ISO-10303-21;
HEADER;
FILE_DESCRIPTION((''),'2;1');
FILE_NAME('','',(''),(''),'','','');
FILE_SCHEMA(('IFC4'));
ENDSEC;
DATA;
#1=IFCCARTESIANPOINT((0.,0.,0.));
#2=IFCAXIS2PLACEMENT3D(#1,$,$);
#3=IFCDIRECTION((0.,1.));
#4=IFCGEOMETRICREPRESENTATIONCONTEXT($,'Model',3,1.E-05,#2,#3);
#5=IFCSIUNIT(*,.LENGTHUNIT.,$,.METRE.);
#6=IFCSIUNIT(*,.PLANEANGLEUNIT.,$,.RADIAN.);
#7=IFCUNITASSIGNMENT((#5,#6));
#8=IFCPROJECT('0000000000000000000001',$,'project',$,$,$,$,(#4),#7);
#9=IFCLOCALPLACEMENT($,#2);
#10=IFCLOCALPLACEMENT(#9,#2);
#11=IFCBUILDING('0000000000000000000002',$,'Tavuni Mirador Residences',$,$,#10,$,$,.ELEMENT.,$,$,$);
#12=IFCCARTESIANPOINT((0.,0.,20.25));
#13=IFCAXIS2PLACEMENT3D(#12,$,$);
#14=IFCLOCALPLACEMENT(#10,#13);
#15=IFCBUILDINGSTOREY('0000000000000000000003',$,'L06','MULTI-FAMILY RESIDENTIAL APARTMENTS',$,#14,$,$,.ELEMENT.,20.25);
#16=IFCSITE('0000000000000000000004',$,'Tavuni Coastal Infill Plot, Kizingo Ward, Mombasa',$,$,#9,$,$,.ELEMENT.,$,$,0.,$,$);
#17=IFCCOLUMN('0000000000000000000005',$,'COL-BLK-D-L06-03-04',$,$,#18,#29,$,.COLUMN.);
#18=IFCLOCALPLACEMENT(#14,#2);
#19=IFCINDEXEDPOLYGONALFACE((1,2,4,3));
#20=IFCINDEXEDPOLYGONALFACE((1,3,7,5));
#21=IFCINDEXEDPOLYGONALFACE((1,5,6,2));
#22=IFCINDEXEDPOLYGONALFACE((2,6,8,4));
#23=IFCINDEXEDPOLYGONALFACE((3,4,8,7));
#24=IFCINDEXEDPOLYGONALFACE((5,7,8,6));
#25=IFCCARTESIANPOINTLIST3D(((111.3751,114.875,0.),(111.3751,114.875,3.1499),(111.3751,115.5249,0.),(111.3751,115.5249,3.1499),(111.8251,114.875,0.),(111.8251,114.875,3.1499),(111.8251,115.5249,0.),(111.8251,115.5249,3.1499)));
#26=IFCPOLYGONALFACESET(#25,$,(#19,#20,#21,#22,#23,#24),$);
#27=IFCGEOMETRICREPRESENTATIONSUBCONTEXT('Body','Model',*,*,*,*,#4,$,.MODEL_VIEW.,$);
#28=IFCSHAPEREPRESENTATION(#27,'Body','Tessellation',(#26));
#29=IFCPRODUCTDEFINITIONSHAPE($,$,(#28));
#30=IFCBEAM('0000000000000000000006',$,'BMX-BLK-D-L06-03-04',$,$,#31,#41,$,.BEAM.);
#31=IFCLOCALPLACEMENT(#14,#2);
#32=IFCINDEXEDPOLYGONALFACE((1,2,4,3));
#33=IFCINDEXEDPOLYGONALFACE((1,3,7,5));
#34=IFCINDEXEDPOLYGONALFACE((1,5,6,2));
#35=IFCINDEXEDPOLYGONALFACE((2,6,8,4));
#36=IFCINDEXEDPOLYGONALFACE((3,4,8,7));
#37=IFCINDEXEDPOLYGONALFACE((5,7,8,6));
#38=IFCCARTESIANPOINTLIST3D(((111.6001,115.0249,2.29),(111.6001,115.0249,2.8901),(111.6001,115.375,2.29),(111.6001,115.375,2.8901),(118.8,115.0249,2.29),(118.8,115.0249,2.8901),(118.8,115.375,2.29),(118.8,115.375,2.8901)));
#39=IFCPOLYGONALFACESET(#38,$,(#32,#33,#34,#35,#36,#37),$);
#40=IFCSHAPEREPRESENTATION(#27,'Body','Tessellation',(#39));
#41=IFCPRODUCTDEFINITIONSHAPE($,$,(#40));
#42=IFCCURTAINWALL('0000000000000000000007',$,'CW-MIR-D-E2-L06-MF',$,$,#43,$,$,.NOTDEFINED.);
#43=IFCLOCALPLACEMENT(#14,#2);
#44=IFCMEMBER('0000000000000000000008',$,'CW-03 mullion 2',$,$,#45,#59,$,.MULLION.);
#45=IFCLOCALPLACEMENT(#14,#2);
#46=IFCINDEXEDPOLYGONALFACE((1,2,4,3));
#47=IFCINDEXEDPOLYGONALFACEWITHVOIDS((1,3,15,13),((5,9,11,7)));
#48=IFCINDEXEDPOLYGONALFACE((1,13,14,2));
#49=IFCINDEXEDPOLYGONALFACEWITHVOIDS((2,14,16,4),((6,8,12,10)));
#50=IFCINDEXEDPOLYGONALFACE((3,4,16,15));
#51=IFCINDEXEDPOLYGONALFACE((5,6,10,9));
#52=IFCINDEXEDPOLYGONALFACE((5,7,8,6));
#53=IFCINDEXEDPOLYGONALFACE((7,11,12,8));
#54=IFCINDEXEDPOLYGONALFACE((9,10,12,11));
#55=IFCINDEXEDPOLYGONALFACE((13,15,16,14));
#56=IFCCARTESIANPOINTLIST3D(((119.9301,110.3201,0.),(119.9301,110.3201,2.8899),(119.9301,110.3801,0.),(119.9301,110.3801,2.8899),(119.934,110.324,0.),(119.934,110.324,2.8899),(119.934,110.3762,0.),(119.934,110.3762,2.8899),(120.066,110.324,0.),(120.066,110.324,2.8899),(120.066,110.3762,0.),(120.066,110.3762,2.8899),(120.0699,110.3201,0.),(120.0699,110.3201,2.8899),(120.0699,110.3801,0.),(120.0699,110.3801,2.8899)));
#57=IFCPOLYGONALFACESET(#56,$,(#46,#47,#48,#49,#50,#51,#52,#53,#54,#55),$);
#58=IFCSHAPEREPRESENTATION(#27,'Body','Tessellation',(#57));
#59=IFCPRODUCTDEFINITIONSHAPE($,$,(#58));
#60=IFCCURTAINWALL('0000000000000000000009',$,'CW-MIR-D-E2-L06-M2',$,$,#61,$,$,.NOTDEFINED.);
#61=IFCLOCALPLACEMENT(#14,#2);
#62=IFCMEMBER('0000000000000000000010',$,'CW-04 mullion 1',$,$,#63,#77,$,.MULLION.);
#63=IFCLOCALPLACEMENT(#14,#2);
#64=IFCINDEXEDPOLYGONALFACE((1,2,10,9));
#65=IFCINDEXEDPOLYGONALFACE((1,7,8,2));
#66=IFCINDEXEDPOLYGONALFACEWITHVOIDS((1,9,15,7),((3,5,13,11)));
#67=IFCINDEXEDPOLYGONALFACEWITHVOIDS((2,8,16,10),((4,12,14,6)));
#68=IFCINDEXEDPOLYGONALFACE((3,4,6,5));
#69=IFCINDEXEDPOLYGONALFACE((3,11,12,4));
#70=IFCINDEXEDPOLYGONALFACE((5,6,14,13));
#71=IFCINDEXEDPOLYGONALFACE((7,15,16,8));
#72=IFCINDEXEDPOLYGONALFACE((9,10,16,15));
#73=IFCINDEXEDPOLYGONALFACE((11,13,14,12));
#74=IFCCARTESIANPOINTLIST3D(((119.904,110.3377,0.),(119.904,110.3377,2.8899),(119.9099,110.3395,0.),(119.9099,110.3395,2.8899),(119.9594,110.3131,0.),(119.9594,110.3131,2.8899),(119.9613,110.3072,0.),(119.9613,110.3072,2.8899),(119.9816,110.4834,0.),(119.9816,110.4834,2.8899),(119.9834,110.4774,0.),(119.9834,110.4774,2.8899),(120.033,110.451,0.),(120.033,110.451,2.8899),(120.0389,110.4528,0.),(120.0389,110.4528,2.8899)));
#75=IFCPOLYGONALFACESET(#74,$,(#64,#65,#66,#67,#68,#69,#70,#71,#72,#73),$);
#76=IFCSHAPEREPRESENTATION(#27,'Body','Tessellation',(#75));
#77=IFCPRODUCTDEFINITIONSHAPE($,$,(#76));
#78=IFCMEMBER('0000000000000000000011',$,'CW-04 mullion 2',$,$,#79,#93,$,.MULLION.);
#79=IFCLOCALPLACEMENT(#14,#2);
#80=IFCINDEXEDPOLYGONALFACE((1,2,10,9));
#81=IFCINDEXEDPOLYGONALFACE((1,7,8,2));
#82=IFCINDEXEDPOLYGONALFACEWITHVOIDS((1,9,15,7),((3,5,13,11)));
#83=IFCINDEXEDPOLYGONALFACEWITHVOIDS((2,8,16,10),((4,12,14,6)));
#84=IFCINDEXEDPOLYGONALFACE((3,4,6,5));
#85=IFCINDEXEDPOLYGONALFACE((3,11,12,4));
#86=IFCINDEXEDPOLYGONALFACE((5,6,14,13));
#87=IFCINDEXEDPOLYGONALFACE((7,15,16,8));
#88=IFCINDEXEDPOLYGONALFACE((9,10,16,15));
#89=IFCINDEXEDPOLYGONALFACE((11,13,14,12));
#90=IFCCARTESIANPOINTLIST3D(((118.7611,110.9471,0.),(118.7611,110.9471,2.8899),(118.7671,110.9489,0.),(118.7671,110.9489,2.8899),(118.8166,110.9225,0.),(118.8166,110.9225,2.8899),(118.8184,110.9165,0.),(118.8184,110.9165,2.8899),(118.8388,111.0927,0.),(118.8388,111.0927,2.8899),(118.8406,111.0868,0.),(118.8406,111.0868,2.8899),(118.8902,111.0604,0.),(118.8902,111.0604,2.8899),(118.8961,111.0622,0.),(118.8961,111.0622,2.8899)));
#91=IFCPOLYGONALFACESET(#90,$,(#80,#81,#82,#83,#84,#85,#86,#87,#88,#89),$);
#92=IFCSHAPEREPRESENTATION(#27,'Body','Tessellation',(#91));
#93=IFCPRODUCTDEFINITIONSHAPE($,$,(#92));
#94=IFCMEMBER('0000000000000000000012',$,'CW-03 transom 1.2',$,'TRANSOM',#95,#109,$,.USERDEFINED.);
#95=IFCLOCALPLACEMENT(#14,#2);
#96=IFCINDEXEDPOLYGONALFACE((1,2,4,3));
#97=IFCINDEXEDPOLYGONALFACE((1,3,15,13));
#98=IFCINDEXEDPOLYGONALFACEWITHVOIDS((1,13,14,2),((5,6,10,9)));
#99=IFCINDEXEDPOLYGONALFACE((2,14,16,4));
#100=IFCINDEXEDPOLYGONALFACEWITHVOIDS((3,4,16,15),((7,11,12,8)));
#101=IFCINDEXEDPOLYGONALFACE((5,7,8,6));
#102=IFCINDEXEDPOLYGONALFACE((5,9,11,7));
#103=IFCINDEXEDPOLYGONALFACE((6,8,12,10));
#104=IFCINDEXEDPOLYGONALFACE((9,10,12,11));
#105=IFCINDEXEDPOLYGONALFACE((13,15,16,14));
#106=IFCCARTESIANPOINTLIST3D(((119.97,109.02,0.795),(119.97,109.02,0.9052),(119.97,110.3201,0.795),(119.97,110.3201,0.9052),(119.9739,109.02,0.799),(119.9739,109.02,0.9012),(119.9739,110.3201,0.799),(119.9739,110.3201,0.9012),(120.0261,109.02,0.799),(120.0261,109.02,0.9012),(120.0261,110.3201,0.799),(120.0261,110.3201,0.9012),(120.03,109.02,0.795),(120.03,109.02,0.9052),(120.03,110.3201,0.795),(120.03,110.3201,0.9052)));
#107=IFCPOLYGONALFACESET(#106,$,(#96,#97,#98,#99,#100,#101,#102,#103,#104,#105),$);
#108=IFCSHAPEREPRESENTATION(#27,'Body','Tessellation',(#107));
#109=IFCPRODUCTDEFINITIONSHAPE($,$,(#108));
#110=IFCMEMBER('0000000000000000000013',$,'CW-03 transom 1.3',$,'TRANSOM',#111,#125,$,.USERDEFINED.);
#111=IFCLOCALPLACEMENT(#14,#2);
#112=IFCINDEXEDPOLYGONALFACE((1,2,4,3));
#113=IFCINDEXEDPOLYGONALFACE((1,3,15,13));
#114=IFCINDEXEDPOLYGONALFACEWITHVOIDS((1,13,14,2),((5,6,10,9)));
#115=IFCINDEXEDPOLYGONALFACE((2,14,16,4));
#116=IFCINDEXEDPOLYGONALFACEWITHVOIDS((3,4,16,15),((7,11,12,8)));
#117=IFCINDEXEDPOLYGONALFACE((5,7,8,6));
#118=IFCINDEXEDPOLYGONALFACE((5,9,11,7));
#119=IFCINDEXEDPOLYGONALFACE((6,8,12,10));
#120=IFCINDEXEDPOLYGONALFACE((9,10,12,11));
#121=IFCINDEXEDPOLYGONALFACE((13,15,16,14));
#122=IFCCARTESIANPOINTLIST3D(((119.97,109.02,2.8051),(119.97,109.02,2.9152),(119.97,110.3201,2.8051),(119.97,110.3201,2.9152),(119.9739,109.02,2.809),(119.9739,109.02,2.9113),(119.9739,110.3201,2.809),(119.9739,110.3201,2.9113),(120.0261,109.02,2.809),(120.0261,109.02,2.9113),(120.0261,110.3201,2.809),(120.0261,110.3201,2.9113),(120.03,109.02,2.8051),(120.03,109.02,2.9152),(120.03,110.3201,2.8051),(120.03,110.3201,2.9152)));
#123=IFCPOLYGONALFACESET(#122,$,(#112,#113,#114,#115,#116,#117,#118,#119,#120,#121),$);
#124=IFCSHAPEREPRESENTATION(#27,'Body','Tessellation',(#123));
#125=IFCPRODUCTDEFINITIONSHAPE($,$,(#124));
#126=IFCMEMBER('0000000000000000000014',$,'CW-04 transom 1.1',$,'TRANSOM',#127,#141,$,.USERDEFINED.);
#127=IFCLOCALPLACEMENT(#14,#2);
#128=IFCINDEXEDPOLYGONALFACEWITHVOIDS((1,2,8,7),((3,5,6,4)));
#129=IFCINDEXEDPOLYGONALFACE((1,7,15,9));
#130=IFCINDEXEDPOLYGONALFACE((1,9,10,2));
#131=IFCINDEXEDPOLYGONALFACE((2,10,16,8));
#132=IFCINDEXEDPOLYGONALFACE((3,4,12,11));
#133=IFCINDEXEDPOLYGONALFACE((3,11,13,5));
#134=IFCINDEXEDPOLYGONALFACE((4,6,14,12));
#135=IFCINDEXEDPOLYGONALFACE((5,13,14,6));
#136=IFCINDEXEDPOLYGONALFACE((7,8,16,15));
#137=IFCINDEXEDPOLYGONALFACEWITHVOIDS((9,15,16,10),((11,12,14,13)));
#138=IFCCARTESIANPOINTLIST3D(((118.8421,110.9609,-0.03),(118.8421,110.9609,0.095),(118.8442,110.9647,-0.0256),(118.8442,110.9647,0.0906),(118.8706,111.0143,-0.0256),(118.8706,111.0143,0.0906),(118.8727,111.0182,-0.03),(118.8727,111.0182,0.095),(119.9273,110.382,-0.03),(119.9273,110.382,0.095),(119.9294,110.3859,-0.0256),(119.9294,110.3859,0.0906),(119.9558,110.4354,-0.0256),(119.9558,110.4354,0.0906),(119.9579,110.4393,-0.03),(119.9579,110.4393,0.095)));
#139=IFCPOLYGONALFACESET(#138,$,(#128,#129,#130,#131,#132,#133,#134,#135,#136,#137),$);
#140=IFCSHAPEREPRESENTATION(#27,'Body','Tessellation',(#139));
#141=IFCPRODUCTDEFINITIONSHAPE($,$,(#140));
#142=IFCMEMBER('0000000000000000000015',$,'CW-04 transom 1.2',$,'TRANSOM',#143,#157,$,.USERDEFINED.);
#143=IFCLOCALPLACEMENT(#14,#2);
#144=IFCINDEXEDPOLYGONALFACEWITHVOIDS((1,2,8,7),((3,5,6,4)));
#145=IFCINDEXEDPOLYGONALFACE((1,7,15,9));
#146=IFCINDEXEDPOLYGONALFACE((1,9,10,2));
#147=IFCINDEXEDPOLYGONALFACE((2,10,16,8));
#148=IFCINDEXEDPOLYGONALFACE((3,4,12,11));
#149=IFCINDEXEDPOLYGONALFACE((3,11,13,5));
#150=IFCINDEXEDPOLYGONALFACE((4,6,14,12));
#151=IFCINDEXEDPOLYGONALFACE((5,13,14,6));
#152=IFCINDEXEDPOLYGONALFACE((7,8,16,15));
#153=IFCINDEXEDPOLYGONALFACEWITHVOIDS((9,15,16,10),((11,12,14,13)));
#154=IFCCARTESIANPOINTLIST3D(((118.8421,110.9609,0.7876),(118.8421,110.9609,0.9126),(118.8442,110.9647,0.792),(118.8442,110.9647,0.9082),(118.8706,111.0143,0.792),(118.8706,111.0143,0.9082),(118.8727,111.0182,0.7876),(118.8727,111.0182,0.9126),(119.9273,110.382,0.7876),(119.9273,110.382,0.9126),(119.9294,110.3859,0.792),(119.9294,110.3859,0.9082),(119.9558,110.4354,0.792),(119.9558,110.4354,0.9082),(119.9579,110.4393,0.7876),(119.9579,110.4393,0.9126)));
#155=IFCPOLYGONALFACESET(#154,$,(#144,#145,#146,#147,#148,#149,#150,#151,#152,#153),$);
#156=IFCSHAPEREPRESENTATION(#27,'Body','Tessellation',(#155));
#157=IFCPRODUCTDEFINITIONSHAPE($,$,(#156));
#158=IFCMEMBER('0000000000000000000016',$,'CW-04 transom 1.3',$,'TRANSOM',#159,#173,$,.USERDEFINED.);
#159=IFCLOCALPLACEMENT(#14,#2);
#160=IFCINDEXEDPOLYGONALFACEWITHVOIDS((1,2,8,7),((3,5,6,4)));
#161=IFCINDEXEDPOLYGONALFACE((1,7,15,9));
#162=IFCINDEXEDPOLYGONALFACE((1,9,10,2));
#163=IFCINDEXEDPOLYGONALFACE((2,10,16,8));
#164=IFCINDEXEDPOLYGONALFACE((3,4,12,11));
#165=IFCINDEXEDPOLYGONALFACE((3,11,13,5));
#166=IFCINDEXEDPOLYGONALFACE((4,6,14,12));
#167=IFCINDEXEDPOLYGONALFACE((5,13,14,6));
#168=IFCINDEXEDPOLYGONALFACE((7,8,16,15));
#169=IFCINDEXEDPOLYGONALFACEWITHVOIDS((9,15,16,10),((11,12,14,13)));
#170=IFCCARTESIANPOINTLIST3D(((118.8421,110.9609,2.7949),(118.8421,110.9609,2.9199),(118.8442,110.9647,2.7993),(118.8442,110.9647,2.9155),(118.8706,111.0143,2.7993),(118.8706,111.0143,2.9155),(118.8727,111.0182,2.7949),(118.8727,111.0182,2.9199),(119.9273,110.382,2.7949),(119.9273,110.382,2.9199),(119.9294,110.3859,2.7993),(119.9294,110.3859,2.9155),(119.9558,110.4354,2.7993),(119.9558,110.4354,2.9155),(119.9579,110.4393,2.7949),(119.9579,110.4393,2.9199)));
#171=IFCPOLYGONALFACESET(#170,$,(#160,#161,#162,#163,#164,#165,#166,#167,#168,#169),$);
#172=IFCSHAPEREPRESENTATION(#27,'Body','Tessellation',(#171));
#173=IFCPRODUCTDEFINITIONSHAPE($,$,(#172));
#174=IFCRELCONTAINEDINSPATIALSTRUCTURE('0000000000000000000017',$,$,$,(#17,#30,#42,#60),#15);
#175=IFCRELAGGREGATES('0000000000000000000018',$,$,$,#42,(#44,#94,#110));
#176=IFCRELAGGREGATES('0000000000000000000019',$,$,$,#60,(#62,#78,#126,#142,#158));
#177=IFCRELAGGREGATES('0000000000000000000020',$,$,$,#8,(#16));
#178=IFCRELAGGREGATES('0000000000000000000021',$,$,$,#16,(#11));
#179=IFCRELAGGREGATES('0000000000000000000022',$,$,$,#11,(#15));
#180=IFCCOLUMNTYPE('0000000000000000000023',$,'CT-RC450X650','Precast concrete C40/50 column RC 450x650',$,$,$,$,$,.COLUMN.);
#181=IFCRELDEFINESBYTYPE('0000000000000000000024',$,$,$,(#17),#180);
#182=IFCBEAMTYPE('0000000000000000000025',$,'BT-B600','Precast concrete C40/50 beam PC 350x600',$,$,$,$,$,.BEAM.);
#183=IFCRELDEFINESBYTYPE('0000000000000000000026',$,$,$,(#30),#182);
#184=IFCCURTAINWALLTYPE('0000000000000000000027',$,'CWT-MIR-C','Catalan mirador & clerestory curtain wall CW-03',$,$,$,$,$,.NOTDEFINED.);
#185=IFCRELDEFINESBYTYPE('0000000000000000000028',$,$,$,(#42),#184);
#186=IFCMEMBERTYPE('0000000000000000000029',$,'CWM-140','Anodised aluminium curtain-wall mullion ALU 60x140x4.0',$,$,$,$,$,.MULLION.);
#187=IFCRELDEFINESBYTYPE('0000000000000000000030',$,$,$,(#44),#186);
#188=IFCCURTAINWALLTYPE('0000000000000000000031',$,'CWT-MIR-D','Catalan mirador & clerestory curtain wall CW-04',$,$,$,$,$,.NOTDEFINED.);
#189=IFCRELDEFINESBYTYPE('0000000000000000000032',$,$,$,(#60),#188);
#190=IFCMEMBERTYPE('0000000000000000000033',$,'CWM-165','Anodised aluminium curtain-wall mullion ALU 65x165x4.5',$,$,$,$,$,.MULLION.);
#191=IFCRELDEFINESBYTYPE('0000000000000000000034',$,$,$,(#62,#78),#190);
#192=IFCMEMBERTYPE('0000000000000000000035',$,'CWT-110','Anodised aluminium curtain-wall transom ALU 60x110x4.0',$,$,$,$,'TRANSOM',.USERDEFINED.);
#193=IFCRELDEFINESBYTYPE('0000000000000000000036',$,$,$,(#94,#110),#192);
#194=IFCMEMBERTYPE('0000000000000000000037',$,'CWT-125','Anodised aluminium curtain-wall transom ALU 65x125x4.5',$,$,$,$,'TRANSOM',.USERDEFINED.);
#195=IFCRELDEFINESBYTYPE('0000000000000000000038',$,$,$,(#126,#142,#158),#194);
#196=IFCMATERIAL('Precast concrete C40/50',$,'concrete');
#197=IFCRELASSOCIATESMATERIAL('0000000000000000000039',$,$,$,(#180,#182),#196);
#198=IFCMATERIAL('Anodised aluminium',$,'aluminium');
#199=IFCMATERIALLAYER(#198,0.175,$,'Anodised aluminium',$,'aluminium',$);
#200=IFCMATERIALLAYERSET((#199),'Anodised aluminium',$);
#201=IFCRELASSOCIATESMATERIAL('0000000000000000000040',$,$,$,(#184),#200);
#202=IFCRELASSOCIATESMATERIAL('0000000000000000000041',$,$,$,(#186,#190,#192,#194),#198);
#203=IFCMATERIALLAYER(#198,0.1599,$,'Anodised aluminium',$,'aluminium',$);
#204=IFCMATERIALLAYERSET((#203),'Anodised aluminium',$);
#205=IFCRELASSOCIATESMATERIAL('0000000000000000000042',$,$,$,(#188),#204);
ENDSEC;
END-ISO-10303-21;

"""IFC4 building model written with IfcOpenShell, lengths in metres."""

from ifc_helpers import new_model, si_unit, direction, frame, origin, origin_2d, place, context, subcontext, project, spatial, rectangle, hollow_rectangle, extrude, material, layer, layer_set, material_profile, profile_set, type_object, element, aggregate, save


model = new_model("IFC4")

# Units and contexts
model_context = context("Model", 3, precision=1e-05, world=origin(), true_north=direction((0.0, 1.0)))
body_context = subcontext(model_context, "Body", "Model", "MODEL_VIEW")
ifc_project = project(units=[si_unit("LENGTHUNIT", "METRE"), si_unit("PLANEANGLEUNIT", "RADIAN")], contexts=[model_context])

# Site, building, storey
site_placement = place(None, origin())
site = spatial("IfcSite", under=ifc_project, at=site_placement, Name="Tavuni Coastal Infill Plot, Kizingo Ward, Mombasa", CompositionType="ELEMENT", RefElevation=0.0)
building_placement = place(site_placement, origin())
building = spatial("IfcBuilding", under=site, at=building_placement, Name="Tavuni Mirador Residences", CompositionType="ELEMENT")
storey_placement = place(building_placement, frame((0.0, 0.0, 20.25)))
storey = spatial("IfcBuildingStorey", under=building, at=storey_placement, Name="L06", Description="MULTI-FAMILY RESIDENTIAL APARTMENTS", CompositionType="ELEMENT", Elevation=20.25)

# Column
ifc_material_1 = material(Name="Precast concrete C40/50", Category="concrete")
ifc_material_profile_1 = material_profile(ifc_material_1, rectangle(XDim=0.45, YDim=0.6499, at=origin_2d()), Name="RC 450x650", Category="concrete")
ifc_profile_set_1 = profile_set([ifc_material_profile_1], Name="Precast concrete C40/50")
column_type = type_object("IfcColumnType", Name="CT-RC450X650", Description="Precast concrete C40/50 column RC 450x650", PredefinedType="COLUMN", material=ifc_profile_set_1)
column_placement = place(storey_placement, frame((111.6001, 115.2, 0.0), z_axis=(0.0, 0.0, 1.0), x_axis=(1.0, 0.0, 0.0)))
element("IfcColumn", 1, at=column_placement, inside=storey, type_object=column_type, Name="COL-BLK-D-L06-03-04", PredefinedType="COLUMN", context=body_context, shape_type="SweptSolid", body=[
    extrude(rectangle(XDim=0.45, YDim=0.6499, at=origin_2d()), origin(), (0.0, 0.0, 1.0), 3.1499),
])

# Beam
ifc_material_profile_2 = material_profile(ifc_material_1, rectangle(XDim=0.3501, YDim=0.6001, at=origin_2d()), Name="PC 350x600", Category="concrete")
ifc_profile_set_2 = profile_set([ifc_material_profile_2], Name="Precast concrete C40/50")
beam_type = type_object("IfcBeamType", Name="BT-B600", Description="Precast concrete C40/50 beam PC 350x600", PredefinedType="BEAM", material=ifc_profile_set_2)
beam_placement = place(storey_placement, frame((111.6001, 115.2, 2.5901), z_axis=(1.0, 0.0, 0.0), x_axis=(0.0, 1.0, 0.0)))
element("IfcBeam", 2, at=beam_placement, inside=storey, type_object=beam_type, Name="BMX-BLK-D-L06-03-04", PredefinedType="BEAM", context=body_context, shape_type="SweptSolid", body=[
    extrude(rectangle(XDim=0.3501, YDim=0.6001, at=origin_2d()), origin(), (0.0, 0.0, 1.0), 7.2),
])

# Curtain wall, member
ifc_material_2 = material(Name="Anodised aluminium", Category="aluminium")
ifc_layer_1 = layer(ifc_material_2, 0.175, Name="Anodised aluminium", Category="aluminium")
ifc_layer_set_1 = layer_set([ifc_layer_1], Name="Anodised aluminium")
curtain_wall_type_1 = type_object("IfcCurtainWallType", Name="CWT-MIR-C", Description="Catalan mirador & clerestory curtain wall CW-03", PredefinedType="NOTDEFINED", material=ifc_layer_set_1)
curtain_wall_1_placement = place(storey_placement, origin())
curtain_wall_1 = element("IfcCurtainWall", 3, at=curtain_wall_1_placement, inside=storey, type_object=curtain_wall_type_1, Name="CW-MIR-D-E2-L06-MF", PredefinedType="NOTDEFINED")
ifc_material_profile_3 = material_profile(ifc_material_2, hollow_rectangle(XDim=0.0601, YDim=0.1399, WallThickness=0.0039, at=origin_2d()), Name="ALU 60x140x4.0", Category="aluminium")
ifc_profile_set_3 = profile_set([ifc_material_profile_3], Name="Anodised aluminium")
member_type_1 = type_object("IfcMemberType", Name="CWM-140", Description="Anodised aluminium curtain-wall mullion ALU 60x140x4.0", PredefinedType="MULLION", material=ifc_profile_set_3)
member_1_placement = place(storey_placement, frame((120.0, 110.3501, 0.0), z_axis=(0.0, 0.0, 1.0), x_axis=(0.0, 1.0, 0.0)))
member_1 = element("IfcMember", 4, at=member_1_placement, type_object=member_type_1, Name="CW-03 mullion 2", PredefinedType="MULLION", context=body_context, shape_type="SweptSolid", body=[
    extrude(hollow_rectangle(XDim=0.0601, YDim=0.1399, WallThickness=0.0039, at=origin_2d()), origin(), (0.0, 0.0, 1.0), 2.8899),
])

# Curtain wall, members
ifc_layer_2 = layer(ifc_material_2, 0.1599, Name="Anodised aluminium", Category="aluminium")
ifc_layer_set_2 = layer_set([ifc_layer_2], Name="Anodised aluminium")
curtain_wall_type_2 = type_object("IfcCurtainWallType", Name="CWT-MIR-D", Description="Catalan mirador & clerestory curtain wall CW-04", PredefinedType="NOTDEFINED", material=ifc_layer_set_2)
curtain_wall_2_placement = place(storey_placement, origin())
curtain_wall_2 = element("IfcCurtainWall", 5, at=curtain_wall_2_placement, inside=storey, type_object=curtain_wall_type_2, Name="CW-MIR-D-E2-L06-M2", PredefinedType="NOTDEFINED")
ifc_material_profile_4 = material_profile(ifc_material_2, hollow_rectangle(XDim=0.0649, YDim=0.165, WallThickness=0.0044, at=origin_2d()), Name="ALU 65x165x4.5", Category="aluminium")
ifc_profile_set_4 = profile_set([ifc_material_profile_4], Name="Anodised aluminium")
member_type_2 = type_object("IfcMemberType", Name="CWM-165", Description="Anodised aluminium curtain-wall mullion ALU 65x165x4.5", PredefinedType="MULLION", material=ifc_profile_set_4)
member_2_placement = place(storey_placement, frame((119.9714, 110.3953, 0.0), z_axis=(0.0, 0.0, 1.0), x_axis=(-0.882353, 0.470588, 0.0)))
member_2 = element("IfcMember", 6, at=member_2_placement, type_object=member_type_2, Name="CW-04 mullion 1", PredefinedType="MULLION", context=body_context, shape_type="SweptSolid", body=[
    extrude(hollow_rectangle(XDim=0.0649, YDim=0.165, WallThickness=0.0044, at=origin_2d()), origin(), (0.0, 0.0, 1.0), 2.8899),
])
member_3_placement = place(storey_placement, frame((118.8286, 111.0046, 0.0), z_axis=(0.0, 0.0, 1.0), x_axis=(-0.882353, 0.470588, 0.0)))
member_3 = element("IfcMember", 7, at=member_3_placement, type_object=member_type_2, Name="CW-04 mullion 2", PredefinedType="MULLION", context=body_context, shape_type="SweptSolid", body=[
    extrude(hollow_rectangle(XDim=0.0649, YDim=0.165, WallThickness=0.0044, at=origin_2d()), origin(), (0.0, 0.0, 1.0), 2.8899),
])

# Members
ifc_material_profile_5 = material_profile(ifc_material_2, hollow_rectangle(XDim=0.0601, YDim=0.1101, WallThickness=0.0039, at=origin_2d()), Name="ALU 60x110x4.0", Category="aluminium")
ifc_profile_set_5 = profile_set([ifc_material_profile_5], Name="Anodised aluminium")
member_type_3 = type_object("IfcMemberType", Name="CWT-110", Description="Anodised aluminium curtain-wall transom ALU 60x110x4.0", ElementType="TRANSOM", PredefinedType="USERDEFINED", material=ifc_profile_set_5)
member_4_placement = place(storey_placement, frame((120.0, 109.02, 0.8501), z_axis=(0.0, 1.0, 0.0), x_axis=(-1.0, 0.0, 0.0)))
member_4 = element("IfcMember", 8, at=member_4_placement, type_object=member_type_3, Name="CW-03 transom 1.2", ObjectType="TRANSOM", PredefinedType="USERDEFINED", context=body_context, shape_type="SweptSolid", body=[
    extrude(hollow_rectangle(XDim=0.0601, YDim=0.1101, WallThickness=0.0039, at=origin_2d()), origin(), (0.0, 0.0, 1.0), 1.3),
])
member_5_placement = place(storey_placement, frame((120.0, 109.02, 2.8601), z_axis=(0.0, 1.0, 0.0), x_axis=(-1.0, 0.0, 0.0)))
member_5 = element("IfcMember", 9, at=member_5_placement, type_object=member_type_3, Name="CW-03 transom 1.3", ObjectType="TRANSOM", PredefinedType="USERDEFINED", context=body_context, shape_type="SweptSolid", body=[
    extrude(hollow_rectangle(XDim=0.0601, YDim=0.1101, WallThickness=0.0039, at=origin_2d()), origin(), (0.0, 0.0, 1.0), 1.3),
])
ifc_material_profile_6 = material_profile(ifc_material_2, hollow_rectangle(XDim=0.0649, YDim=0.125, WallThickness=0.0044, at=origin_2d()), Name="ALU 65x125x4.5", Category="aluminium")
ifc_profile_set_6 = profile_set([ifc_material_profile_6], Name="Anodised aluminium")
member_type_4 = type_object("IfcMemberType", Name="CWT-125", Description="Anodised aluminium curtain-wall transom ALU 65x125x4.5", ElementType="TRANSOM", PredefinedType="USERDEFINED", material=ifc_profile_set_6)
member_6_placement = place(storey_placement, frame((119.9426, 110.4106, 0.0325), z_axis=(-0.882325, 0.47064, 0.0), x_axis=(-0.47064, -0.882325, 0.0)))
member_6 = element("IfcMember", 10, at=member_6_placement, type_object=member_type_4, Name="CW-04 transom 1.1", ObjectType="TRANSOM", PredefinedType="USERDEFINED", context=body_context, shape_type="SweptSolid", body=[
    extrude(hollow_rectangle(XDim=0.0649, YDim=0.125, WallThickness=0.0044, at=origin_2d()), origin(), (0.0, 0.0, 1.0), 1.23),
])
member_7_placement = place(storey_placement, frame((119.9426, 110.4106, 0.8501), z_axis=(-0.882325, 0.47064, 0.0), x_axis=(-0.47064, -0.882325, 0.0)))
member_7 = element("IfcMember", 11, at=member_7_placement, type_object=member_type_4, Name="CW-04 transom 1.2", ObjectType="TRANSOM", PredefinedType="USERDEFINED", context=body_context, shape_type="SweptSolid", body=[
    extrude(hollow_rectangle(XDim=0.0649, YDim=0.125, WallThickness=0.0044, at=origin_2d()), origin(), (0.0, 0.0, 1.0), 1.23),
])
member_8_placement = place(storey_placement, frame((119.9426, 110.4106, 2.8574), z_axis=(-0.882325, 0.47064, 0.0), x_axis=(-0.47064, -0.882325, 0.0)))
member_8 = element("IfcMember", 12, at=member_8_placement, type_object=member_type_4, Name="CW-04 transom 1.3", ObjectType="TRANSOM", PredefinedType="USERDEFINED", context=body_context, shape_type="SweptSolid", body=[
    extrude(hollow_rectangle(XDim=0.0649, YDim=0.125, WallThickness=0.0044, at=origin_2d()), origin(), (0.0, 0.0, 1.0), 1.23),
])

aggregate(curtain_wall_1, [member_1, member_4, member_5])
aggregate(curtain_wall_2, [member_2, member_3, member_6, member_7, member_8])

save(model, "model.ifc")
